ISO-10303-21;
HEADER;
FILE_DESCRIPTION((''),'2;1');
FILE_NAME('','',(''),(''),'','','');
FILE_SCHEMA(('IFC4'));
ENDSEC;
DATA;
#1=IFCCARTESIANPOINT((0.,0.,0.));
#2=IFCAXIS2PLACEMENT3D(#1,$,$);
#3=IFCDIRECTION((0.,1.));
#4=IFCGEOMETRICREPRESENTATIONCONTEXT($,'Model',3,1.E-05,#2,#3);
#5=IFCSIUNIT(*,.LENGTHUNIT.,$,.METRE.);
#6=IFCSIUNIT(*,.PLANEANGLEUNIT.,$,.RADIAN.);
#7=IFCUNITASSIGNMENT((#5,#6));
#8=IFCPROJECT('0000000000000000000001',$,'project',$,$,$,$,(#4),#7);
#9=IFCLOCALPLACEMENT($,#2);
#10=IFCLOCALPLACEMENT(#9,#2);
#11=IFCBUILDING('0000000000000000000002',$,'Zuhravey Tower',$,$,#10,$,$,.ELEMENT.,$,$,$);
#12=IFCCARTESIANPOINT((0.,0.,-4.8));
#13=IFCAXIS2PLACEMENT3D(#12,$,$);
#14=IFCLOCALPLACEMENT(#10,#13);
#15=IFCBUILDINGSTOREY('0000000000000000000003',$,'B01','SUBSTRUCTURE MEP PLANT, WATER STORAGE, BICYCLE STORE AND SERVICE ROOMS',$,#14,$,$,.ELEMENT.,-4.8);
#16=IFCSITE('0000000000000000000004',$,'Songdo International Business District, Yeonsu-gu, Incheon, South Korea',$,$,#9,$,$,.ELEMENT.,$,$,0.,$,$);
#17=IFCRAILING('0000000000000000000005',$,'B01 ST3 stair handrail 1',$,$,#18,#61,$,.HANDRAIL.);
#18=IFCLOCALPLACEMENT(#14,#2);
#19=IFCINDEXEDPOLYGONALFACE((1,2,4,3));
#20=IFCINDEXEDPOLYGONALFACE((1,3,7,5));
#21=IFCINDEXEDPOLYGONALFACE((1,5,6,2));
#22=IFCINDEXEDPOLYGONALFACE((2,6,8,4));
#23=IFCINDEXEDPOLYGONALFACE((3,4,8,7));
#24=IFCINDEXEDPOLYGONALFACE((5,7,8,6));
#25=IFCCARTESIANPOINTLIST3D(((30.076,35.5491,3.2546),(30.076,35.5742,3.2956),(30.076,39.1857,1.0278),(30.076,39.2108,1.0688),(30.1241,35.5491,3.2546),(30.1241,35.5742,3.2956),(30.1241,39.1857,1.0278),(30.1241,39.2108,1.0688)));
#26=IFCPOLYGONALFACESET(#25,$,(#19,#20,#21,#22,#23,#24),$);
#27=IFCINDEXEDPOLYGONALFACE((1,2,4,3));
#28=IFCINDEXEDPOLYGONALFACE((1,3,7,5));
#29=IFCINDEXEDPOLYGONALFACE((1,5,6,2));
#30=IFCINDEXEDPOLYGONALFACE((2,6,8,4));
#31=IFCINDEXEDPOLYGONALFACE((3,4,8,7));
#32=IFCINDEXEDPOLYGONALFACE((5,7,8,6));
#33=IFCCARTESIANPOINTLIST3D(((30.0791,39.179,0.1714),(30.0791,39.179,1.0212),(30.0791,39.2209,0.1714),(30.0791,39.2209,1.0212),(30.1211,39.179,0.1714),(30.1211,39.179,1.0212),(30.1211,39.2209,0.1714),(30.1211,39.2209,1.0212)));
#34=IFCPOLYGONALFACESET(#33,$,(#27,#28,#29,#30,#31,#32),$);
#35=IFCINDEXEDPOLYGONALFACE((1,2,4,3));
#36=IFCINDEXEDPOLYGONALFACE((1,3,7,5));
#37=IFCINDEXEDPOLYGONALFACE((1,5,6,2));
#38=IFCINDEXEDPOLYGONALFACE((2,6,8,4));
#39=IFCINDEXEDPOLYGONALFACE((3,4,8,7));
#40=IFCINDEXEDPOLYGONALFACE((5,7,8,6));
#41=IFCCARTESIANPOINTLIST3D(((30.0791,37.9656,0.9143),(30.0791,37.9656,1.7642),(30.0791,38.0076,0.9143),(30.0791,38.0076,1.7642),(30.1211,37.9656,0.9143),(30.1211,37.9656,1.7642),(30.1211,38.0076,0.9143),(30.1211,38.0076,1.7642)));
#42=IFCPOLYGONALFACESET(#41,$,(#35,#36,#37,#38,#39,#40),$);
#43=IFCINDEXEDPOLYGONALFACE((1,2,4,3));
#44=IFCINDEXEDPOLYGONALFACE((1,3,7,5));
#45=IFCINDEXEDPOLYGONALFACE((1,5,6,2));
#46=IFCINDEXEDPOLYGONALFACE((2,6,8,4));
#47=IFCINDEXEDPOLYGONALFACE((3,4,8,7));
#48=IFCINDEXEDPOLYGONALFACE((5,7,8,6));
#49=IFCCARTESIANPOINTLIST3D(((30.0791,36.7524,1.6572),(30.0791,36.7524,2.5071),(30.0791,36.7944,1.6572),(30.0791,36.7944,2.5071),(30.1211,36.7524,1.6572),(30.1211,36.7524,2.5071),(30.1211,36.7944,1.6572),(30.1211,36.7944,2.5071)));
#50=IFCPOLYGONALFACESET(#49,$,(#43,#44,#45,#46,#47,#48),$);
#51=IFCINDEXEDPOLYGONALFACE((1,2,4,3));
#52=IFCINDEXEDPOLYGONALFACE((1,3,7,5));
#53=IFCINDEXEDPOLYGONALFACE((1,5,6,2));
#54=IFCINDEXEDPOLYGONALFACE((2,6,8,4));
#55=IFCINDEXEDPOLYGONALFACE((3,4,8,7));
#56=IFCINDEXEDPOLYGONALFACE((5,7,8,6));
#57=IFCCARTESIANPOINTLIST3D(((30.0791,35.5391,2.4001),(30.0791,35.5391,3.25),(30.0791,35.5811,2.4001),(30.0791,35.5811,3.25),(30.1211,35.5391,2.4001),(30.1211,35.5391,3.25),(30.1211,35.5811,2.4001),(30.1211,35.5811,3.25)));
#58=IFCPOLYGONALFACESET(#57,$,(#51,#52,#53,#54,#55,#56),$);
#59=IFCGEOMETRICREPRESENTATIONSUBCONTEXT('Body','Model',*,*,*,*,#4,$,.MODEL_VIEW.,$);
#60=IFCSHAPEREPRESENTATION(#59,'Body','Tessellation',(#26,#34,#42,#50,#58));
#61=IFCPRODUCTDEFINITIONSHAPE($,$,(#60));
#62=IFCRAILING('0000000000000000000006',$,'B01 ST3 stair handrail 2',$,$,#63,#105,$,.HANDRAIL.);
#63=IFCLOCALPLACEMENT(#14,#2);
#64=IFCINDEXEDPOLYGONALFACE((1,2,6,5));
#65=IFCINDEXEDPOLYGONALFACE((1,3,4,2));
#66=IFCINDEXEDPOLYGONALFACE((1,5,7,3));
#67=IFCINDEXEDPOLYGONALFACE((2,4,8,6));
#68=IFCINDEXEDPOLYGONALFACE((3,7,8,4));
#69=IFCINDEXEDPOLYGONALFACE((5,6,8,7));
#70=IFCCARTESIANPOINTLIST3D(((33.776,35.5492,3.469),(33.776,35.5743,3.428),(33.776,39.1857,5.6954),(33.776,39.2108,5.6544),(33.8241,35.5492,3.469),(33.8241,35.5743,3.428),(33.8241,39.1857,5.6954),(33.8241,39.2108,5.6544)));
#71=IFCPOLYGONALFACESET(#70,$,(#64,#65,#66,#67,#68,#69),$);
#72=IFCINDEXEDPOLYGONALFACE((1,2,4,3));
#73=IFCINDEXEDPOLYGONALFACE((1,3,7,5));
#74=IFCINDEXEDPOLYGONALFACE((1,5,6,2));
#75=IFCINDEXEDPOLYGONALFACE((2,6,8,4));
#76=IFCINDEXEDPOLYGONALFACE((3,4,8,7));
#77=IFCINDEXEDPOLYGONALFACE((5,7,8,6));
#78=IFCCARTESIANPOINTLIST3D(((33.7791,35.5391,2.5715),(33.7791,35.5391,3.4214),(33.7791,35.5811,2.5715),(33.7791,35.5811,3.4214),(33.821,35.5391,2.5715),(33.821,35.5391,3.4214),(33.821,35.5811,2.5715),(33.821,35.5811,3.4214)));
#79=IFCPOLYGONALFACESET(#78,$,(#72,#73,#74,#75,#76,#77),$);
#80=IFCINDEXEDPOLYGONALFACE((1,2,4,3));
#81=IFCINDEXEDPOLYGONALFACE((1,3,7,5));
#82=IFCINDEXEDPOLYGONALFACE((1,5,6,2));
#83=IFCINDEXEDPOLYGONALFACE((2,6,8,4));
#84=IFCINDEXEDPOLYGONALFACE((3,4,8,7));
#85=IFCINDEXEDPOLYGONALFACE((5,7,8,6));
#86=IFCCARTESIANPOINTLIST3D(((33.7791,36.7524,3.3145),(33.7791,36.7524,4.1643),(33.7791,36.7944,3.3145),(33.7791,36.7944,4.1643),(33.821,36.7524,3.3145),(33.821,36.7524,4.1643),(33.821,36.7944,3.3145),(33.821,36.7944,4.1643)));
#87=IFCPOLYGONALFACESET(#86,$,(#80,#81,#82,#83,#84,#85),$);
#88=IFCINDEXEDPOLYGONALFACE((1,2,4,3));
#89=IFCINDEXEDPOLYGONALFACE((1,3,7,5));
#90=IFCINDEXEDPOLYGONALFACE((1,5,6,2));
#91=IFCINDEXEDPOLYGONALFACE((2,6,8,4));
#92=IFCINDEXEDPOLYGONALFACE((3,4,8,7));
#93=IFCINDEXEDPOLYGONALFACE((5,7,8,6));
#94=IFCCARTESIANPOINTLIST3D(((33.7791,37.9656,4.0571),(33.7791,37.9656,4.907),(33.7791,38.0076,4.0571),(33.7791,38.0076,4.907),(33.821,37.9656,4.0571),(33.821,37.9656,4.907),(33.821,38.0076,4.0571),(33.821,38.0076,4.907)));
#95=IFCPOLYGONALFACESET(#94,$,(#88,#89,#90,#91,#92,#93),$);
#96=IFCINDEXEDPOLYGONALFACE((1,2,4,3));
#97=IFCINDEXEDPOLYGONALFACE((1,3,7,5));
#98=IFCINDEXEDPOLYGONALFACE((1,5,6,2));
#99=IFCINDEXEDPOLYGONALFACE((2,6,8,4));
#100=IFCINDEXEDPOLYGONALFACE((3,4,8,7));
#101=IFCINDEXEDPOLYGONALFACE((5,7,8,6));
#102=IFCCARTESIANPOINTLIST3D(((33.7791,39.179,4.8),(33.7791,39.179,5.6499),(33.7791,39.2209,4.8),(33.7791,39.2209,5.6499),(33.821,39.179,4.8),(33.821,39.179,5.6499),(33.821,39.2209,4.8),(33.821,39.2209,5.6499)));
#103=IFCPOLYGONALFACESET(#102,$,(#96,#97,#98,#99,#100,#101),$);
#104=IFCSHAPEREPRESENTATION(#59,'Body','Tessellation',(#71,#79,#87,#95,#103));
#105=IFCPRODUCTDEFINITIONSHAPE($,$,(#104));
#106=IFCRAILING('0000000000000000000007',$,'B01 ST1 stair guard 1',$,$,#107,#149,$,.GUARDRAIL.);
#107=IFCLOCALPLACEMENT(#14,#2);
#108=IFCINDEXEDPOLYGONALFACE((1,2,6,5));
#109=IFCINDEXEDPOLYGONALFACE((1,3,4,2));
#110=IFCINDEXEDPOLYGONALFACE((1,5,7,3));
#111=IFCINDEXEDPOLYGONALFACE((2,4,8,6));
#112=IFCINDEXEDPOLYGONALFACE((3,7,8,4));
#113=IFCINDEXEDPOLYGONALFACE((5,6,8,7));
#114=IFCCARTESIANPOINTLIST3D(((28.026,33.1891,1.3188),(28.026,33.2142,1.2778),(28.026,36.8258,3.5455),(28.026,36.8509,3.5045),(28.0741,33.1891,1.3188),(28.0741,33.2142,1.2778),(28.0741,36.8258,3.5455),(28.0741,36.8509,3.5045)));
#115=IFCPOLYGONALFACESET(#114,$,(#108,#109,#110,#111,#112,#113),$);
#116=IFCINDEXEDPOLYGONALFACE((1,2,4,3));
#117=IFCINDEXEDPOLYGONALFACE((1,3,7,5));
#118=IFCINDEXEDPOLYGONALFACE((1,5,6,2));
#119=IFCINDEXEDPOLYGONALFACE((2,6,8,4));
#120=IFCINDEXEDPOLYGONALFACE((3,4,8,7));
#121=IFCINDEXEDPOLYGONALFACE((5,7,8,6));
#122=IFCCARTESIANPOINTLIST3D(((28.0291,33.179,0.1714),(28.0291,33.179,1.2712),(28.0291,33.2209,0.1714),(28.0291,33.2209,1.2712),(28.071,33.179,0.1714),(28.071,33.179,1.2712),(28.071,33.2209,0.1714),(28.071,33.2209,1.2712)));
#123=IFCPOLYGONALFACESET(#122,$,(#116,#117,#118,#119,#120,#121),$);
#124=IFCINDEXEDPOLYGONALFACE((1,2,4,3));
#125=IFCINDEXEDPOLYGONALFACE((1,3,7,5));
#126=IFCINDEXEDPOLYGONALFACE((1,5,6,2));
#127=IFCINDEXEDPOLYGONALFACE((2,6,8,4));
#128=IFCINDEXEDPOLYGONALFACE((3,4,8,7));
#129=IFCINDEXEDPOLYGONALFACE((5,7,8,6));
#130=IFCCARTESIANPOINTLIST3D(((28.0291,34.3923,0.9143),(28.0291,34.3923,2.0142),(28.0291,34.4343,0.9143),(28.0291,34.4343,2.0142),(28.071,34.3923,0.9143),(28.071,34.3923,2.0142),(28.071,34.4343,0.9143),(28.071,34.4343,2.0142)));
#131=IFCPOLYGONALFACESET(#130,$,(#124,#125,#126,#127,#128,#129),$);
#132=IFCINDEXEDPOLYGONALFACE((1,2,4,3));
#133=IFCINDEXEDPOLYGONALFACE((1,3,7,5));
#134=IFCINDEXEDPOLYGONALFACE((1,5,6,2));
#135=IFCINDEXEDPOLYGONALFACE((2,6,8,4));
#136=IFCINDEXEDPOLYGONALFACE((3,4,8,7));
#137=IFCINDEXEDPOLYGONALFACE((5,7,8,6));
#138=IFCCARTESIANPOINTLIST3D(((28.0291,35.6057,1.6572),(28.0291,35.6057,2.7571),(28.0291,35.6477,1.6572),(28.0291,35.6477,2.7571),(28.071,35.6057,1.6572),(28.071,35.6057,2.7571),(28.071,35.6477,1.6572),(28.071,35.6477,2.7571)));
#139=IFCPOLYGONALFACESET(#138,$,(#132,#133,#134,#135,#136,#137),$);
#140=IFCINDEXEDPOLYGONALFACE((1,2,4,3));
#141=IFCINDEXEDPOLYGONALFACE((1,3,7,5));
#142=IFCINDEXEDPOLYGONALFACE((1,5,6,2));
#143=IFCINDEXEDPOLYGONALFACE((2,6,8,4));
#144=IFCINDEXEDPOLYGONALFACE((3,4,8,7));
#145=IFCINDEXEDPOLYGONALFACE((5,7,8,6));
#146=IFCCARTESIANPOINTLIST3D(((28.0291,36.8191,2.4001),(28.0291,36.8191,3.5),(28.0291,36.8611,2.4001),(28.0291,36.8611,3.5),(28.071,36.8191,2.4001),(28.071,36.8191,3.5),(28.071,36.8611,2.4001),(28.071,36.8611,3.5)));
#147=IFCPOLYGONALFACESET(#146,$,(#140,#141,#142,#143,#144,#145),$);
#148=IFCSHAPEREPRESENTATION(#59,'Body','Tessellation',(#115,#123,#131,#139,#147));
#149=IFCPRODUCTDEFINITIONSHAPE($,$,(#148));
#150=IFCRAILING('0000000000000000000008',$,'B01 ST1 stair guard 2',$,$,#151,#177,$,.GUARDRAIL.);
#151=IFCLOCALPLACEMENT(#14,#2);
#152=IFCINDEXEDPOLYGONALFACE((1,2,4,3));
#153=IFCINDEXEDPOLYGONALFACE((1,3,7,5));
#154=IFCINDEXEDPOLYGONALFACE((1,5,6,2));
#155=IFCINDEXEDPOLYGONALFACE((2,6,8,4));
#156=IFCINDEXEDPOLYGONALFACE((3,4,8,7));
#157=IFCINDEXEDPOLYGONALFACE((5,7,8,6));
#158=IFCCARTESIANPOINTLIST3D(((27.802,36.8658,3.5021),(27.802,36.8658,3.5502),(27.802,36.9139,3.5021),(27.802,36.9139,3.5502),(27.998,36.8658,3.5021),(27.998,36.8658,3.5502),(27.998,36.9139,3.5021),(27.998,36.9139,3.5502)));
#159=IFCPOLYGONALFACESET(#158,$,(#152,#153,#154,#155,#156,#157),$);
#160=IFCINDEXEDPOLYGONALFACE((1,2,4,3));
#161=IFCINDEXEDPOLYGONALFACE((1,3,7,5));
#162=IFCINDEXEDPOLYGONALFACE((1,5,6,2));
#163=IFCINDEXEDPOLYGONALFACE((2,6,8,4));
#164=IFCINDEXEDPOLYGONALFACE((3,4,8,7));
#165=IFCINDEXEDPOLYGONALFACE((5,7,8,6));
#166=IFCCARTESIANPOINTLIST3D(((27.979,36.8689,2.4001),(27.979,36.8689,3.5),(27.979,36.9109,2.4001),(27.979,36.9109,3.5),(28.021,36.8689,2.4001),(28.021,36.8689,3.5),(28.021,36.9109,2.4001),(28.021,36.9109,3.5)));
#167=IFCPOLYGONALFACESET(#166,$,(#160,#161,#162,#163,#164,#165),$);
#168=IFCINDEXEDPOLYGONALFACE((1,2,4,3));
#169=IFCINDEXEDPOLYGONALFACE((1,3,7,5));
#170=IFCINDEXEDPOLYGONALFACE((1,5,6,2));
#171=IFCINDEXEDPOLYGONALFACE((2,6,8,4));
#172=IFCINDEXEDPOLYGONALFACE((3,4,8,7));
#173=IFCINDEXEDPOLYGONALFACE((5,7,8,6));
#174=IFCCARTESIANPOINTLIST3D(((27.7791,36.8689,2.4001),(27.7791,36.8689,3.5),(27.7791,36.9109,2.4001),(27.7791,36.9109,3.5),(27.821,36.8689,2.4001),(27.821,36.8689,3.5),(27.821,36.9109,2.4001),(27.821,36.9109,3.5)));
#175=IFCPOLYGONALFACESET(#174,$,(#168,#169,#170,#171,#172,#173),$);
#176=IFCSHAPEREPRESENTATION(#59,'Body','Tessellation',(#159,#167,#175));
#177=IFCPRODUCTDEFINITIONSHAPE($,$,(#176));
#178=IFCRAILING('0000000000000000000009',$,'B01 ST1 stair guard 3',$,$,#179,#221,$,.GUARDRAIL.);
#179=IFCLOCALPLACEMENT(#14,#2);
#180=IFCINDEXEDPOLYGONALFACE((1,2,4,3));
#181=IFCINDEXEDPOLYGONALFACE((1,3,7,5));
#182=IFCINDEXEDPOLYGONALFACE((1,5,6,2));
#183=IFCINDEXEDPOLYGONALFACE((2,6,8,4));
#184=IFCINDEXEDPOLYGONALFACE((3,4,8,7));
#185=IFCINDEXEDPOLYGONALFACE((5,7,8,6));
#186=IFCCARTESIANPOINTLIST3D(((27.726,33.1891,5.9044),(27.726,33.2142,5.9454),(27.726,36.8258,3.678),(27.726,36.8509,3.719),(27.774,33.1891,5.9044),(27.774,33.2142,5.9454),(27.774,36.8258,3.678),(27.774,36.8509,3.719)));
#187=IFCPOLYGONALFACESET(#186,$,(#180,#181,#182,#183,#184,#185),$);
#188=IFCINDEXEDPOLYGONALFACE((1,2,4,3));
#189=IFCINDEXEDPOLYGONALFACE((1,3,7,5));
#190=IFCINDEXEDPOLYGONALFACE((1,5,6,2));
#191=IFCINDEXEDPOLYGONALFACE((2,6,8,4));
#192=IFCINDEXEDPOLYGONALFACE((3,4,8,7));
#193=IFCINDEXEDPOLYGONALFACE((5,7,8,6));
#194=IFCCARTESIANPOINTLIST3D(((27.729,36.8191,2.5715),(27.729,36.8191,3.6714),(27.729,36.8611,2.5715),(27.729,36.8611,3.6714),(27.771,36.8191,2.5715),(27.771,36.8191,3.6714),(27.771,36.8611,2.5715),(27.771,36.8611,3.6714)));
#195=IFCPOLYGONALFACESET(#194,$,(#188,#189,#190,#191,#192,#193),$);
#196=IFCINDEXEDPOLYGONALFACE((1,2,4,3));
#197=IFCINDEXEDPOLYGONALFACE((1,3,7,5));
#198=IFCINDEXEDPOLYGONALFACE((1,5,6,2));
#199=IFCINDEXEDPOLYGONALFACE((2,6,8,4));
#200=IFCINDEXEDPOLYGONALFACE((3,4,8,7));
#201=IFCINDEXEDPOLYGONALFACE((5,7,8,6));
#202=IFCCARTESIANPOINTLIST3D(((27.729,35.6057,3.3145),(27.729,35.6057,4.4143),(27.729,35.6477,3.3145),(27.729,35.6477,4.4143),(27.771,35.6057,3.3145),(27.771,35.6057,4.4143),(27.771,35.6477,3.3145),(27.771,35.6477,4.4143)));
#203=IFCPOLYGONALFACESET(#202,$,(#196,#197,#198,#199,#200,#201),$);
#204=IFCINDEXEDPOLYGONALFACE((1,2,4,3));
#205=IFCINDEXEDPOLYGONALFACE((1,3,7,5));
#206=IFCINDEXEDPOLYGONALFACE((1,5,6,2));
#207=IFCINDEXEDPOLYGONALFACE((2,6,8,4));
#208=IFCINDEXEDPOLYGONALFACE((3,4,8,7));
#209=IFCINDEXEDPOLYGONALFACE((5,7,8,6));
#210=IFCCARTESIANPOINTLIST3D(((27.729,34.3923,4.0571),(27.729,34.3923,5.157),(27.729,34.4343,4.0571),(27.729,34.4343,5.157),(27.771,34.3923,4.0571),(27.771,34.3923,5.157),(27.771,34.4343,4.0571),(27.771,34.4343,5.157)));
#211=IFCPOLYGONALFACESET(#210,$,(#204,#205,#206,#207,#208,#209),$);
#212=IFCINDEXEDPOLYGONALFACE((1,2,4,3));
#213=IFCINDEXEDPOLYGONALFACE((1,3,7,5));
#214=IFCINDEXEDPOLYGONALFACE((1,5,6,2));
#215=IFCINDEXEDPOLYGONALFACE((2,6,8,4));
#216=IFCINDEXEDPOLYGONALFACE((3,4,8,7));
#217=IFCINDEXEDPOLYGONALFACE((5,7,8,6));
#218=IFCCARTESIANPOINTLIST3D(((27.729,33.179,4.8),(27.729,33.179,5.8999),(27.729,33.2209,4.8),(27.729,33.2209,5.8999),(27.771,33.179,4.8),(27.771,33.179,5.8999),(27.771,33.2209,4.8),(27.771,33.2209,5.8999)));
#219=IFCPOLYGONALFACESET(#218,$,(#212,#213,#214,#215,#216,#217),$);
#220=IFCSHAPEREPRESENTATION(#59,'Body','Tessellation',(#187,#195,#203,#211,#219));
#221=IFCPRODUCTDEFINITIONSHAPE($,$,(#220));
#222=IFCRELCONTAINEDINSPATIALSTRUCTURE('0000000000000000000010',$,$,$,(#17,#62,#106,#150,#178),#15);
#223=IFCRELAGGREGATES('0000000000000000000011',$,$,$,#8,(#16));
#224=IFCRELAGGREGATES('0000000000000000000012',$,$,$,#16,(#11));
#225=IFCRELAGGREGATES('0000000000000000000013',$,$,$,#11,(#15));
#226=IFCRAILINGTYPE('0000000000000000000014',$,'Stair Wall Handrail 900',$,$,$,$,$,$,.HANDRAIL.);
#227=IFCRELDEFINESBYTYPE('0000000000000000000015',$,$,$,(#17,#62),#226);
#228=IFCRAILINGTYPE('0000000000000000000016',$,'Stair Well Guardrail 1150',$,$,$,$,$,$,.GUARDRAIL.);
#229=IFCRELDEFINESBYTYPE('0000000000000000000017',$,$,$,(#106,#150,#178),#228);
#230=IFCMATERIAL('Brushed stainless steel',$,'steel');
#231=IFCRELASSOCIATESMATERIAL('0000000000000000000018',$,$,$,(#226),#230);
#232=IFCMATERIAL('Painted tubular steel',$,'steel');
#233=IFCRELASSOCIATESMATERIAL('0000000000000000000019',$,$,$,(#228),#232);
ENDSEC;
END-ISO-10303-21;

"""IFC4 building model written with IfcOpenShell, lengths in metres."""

from ifc_helpers import new_model, si_unit, direction, frame, origin, origin_2d, place, context, subcontext, project, spatial, rectangle, extrude, material, type_object, element, save


model = new_model("IFC4")

# Units and contexts
model_context = context("Model", 3, precision=1e-05, world=origin(), true_north=direction((0.0, 1.0)))
body_context = subcontext(model_context, "Body", "Model", "MODEL_VIEW")
ifc_project = project(units=[si_unit("LENGTHUNIT", "METRE"), si_unit("PLANEANGLEUNIT", "RADIAN")], contexts=[model_context])

# Site, building, storey
site_placement = place(None, origin())
site = spatial("IfcSite", under=ifc_project, at=site_placement, Name="Songdo International Business District, Yeonsu-gu, Incheon, South Korea", CompositionType="ELEMENT", RefElevation=0.0)
building_placement = place(site_placement, origin())
building = spatial("IfcBuilding", under=site, at=building_placement, Name="Zuhravey Tower", CompositionType="ELEMENT")
storey_placement = place(building_placement, frame((0.0, 0.0, -4.8)))
storey = spatial("IfcBuildingStorey", under=building, at=storey_placement, Name="B01", Description="SUBSTRUCTURE MEP PLANT, WATER STORAGE, BICYCLE STORE AND SERVICE ROOMS", CompositionType="ELEMENT", Elevation=-4.8)

# Railings
ifc_material_1 = material(Name="Brushed stainless steel", Category="steel")
railing_type_1 = type_object("IfcRailingType", Name="Stair Wall Handrail 900", PredefinedType="HANDRAIL", material=ifc_material_1)
railing_1_placement = place(storey_placement, frame((30.1001, 39.2, 0.1714)))
element("IfcRailing", 1, at=railing_1_placement, inside=storey, type_object=railing_type_1, Name="B01 ST3 stair handrail 1", PredefinedType="HANDRAIL", context=body_context, shape_type="SweptSolid", body=[
    extrude(rectangle(XDim=0.0481, YDim=0.0481, at=origin_2d()), frame((0.0, -0.0017, 0.877), z_axis=(0.0, -0.852825, 0.522197), x_axis=(1.0, 0.0, 0.0)), (0.0, 0.0, 1.0), 4.2642),
    extrude(rectangle(XDim=0.042, YDim=0.042, at=origin_2d()), origin(), (0.0, 0.0, 1.0), 0.8499),
    extrude(rectangle(XDim=0.042, YDim=0.042, at=origin_2d()), frame((0.0, -1.2134, 0.7429)), (0.0, 0.0, 1.0), 0.8499),
    extrude(rectangle(XDim=0.042, YDim=0.042, at=origin_2d()), frame((0.0, -2.4265, 1.4858)), (0.0, 0.0, 1.0), 0.8499),
    extrude(rectangle(XDim=0.042, YDim=0.042, at=origin_2d()), frame((0.0, -3.6399, 2.2288)), (0.0, 0.0, 1.0), 0.8499),
])
railing_2_placement = place(storey_placement, frame((33.8, 35.5601, 2.5715)))
element("IfcRailing", 2, at=railing_2_placement, inside=storey, type_object=railing_type_1, Name="B01 ST3 stair handrail 2", PredefinedType="HANDRAIL", context=body_context, shape_type="SweptSolid", body=[
    extrude(rectangle(XDim=0.0481, YDim=0.0481, at=origin_2d()), frame((0.0, 0.0017, 0.877), z_axis=(0.0, 0.85285, 0.522156), x_axis=(-1.0, 0.0, 0.0)), (0.0, 0.0, 1.0), 4.2639),
    extrude(rectangle(XDim=0.042, YDim=0.042, at=origin_2d()), origin(), (0.0, 0.0, 1.0), 0.8499),
    extrude(rectangle(XDim=0.042, YDim=0.042, at=origin_2d()), frame((0.0, 1.2134, 0.7429)), (0.0, 0.0, 1.0), 0.8499),
    extrude(rectangle(XDim=0.042, YDim=0.042, at=origin_2d()), frame((0.0, 2.4265, 1.4856)), (0.0, 0.0, 1.0), 0.8499),
    extrude(rectangle(XDim=0.042, YDim=0.042, at=origin_2d()), frame((0.0, 3.6399, 2.2285)), (0.0, 0.0, 1.0), 0.8499),
])
ifc_material_2 = material(Name="Painted tubular steel", Category="steel")
railing_type_2 = type_object("IfcRailingType", Name="Stair Well Guardrail 1150", PredefinedType="GUARDRAIL", material=ifc_material_2)
railing_3_placement = place(storey_placement, frame((28.05, 33.2, 0.1714)))
element("IfcRailing", 3, at=railing_3_placement, inside=storey, type_object=railing_type_2, Name="B01 ST1 stair guard 1", PredefinedType="GUARDRAIL", context=body_context, shape_type="SweptSolid", body=[
    extrude(rectangle(XDim=0.0481, YDim=0.0481, at=origin_2d()), frame((0.0, 0.0017, 1.127), z_axis=(0.0, 0.85284, 0.522172), x_axis=(-1.0, 0.0, 0.0)), (0.0, 0.0, 1.0), 4.2642),
    extrude(rectangle(XDim=0.042, YDim=0.042, at=origin_2d()), origin(), (0.0, 0.0, 1.0), 1.0999),
    extrude(rectangle(XDim=0.042, YDim=0.042, at=origin_2d()), frame((0.0, 1.2134, 0.7429)), (0.0, 0.0, 1.0), 1.0999),
    extrude(rectangle(XDim=0.042, YDim=0.042, at=origin_2d()), frame((0.0, 2.4268, 1.4858)), (0.0, 0.0, 1.0), 1.0999),
    extrude(rectangle(XDim=0.042, YDim=0.042, at=origin_2d()), frame((0.0, 3.6401, 2.2288)), (0.0, 0.0, 1.0), 1.0999),
])
railing_4_placement = place(storey_placement, frame((28.0, 36.8899, 2.4001)))
element("IfcRailing", 4, at=railing_4_placement, inside=storey, type_object=railing_type_2, Name="B01 ST1 stair guard 2", PredefinedType="GUARDRAIL", context=body_context, shape_type="SweptSolid", body=[
    extrude(rectangle(XDim=0.0481, YDim=0.0481, at=origin_2d()), frame((-0.002, 0.0, 1.126), z_axis=(-1.0, 0.0, 0.0), x_axis=(0.0, -1.0, 0.0)), (0.0, 0.0, 1.0), 0.196),
    extrude(rectangle(XDim=0.042, YDim=0.042, at=origin_2d()), origin(), (0.0, 0.0, 1.0), 1.0999),
    extrude(rectangle(XDim=0.042, YDim=0.042, at=origin_2d()), frame((-0.2, 0.0, 0.0)), (0.0, 0.0, 1.0), 1.0999),
])
railing_5_placement = place(storey_placement, frame((27.75, 36.8401, 2.5715)))
element("IfcRailing", 5, at=railing_5_placement, inside=storey, type_object=railing_type_2, Name="B01 ST1 stair guard 3", PredefinedType="GUARDRAIL", context=body_context, shape_type="SweptSolid", body=[
    extrude(rectangle(XDim=0.0481, YDim=0.0481, at=origin_2d()), frame((0.0, -0.0017, 1.127), z_axis=(0.0, -0.852866, 0.52213), x_axis=(1.0, 0.0, 0.0)), (0.0, 0.0, 1.0), 4.2642),
    extrude(rectangle(XDim=0.042, YDim=0.042, at=origin_2d()), origin(), (0.0, 0.0, 1.0), 1.0999),
    extrude(rectangle(XDim=0.042, YDim=0.042, at=origin_2d()), frame((0.0, -1.2134, 0.7429)), (0.0, 0.0, 1.0), 1.0999),
    extrude(rectangle(XDim=0.042, YDim=0.042, at=origin_2d()), frame((0.0, -2.4268, 1.4856)), (0.0, 0.0, 1.0), 1.0999),
    extrude(rectangle(XDim=0.042, YDim=0.042, at=origin_2d()), frame((0.0, -3.6401, 2.2285)), (0.0, 0.0, 1.0), 1.0999),
])

save(model, "model.ifc")
